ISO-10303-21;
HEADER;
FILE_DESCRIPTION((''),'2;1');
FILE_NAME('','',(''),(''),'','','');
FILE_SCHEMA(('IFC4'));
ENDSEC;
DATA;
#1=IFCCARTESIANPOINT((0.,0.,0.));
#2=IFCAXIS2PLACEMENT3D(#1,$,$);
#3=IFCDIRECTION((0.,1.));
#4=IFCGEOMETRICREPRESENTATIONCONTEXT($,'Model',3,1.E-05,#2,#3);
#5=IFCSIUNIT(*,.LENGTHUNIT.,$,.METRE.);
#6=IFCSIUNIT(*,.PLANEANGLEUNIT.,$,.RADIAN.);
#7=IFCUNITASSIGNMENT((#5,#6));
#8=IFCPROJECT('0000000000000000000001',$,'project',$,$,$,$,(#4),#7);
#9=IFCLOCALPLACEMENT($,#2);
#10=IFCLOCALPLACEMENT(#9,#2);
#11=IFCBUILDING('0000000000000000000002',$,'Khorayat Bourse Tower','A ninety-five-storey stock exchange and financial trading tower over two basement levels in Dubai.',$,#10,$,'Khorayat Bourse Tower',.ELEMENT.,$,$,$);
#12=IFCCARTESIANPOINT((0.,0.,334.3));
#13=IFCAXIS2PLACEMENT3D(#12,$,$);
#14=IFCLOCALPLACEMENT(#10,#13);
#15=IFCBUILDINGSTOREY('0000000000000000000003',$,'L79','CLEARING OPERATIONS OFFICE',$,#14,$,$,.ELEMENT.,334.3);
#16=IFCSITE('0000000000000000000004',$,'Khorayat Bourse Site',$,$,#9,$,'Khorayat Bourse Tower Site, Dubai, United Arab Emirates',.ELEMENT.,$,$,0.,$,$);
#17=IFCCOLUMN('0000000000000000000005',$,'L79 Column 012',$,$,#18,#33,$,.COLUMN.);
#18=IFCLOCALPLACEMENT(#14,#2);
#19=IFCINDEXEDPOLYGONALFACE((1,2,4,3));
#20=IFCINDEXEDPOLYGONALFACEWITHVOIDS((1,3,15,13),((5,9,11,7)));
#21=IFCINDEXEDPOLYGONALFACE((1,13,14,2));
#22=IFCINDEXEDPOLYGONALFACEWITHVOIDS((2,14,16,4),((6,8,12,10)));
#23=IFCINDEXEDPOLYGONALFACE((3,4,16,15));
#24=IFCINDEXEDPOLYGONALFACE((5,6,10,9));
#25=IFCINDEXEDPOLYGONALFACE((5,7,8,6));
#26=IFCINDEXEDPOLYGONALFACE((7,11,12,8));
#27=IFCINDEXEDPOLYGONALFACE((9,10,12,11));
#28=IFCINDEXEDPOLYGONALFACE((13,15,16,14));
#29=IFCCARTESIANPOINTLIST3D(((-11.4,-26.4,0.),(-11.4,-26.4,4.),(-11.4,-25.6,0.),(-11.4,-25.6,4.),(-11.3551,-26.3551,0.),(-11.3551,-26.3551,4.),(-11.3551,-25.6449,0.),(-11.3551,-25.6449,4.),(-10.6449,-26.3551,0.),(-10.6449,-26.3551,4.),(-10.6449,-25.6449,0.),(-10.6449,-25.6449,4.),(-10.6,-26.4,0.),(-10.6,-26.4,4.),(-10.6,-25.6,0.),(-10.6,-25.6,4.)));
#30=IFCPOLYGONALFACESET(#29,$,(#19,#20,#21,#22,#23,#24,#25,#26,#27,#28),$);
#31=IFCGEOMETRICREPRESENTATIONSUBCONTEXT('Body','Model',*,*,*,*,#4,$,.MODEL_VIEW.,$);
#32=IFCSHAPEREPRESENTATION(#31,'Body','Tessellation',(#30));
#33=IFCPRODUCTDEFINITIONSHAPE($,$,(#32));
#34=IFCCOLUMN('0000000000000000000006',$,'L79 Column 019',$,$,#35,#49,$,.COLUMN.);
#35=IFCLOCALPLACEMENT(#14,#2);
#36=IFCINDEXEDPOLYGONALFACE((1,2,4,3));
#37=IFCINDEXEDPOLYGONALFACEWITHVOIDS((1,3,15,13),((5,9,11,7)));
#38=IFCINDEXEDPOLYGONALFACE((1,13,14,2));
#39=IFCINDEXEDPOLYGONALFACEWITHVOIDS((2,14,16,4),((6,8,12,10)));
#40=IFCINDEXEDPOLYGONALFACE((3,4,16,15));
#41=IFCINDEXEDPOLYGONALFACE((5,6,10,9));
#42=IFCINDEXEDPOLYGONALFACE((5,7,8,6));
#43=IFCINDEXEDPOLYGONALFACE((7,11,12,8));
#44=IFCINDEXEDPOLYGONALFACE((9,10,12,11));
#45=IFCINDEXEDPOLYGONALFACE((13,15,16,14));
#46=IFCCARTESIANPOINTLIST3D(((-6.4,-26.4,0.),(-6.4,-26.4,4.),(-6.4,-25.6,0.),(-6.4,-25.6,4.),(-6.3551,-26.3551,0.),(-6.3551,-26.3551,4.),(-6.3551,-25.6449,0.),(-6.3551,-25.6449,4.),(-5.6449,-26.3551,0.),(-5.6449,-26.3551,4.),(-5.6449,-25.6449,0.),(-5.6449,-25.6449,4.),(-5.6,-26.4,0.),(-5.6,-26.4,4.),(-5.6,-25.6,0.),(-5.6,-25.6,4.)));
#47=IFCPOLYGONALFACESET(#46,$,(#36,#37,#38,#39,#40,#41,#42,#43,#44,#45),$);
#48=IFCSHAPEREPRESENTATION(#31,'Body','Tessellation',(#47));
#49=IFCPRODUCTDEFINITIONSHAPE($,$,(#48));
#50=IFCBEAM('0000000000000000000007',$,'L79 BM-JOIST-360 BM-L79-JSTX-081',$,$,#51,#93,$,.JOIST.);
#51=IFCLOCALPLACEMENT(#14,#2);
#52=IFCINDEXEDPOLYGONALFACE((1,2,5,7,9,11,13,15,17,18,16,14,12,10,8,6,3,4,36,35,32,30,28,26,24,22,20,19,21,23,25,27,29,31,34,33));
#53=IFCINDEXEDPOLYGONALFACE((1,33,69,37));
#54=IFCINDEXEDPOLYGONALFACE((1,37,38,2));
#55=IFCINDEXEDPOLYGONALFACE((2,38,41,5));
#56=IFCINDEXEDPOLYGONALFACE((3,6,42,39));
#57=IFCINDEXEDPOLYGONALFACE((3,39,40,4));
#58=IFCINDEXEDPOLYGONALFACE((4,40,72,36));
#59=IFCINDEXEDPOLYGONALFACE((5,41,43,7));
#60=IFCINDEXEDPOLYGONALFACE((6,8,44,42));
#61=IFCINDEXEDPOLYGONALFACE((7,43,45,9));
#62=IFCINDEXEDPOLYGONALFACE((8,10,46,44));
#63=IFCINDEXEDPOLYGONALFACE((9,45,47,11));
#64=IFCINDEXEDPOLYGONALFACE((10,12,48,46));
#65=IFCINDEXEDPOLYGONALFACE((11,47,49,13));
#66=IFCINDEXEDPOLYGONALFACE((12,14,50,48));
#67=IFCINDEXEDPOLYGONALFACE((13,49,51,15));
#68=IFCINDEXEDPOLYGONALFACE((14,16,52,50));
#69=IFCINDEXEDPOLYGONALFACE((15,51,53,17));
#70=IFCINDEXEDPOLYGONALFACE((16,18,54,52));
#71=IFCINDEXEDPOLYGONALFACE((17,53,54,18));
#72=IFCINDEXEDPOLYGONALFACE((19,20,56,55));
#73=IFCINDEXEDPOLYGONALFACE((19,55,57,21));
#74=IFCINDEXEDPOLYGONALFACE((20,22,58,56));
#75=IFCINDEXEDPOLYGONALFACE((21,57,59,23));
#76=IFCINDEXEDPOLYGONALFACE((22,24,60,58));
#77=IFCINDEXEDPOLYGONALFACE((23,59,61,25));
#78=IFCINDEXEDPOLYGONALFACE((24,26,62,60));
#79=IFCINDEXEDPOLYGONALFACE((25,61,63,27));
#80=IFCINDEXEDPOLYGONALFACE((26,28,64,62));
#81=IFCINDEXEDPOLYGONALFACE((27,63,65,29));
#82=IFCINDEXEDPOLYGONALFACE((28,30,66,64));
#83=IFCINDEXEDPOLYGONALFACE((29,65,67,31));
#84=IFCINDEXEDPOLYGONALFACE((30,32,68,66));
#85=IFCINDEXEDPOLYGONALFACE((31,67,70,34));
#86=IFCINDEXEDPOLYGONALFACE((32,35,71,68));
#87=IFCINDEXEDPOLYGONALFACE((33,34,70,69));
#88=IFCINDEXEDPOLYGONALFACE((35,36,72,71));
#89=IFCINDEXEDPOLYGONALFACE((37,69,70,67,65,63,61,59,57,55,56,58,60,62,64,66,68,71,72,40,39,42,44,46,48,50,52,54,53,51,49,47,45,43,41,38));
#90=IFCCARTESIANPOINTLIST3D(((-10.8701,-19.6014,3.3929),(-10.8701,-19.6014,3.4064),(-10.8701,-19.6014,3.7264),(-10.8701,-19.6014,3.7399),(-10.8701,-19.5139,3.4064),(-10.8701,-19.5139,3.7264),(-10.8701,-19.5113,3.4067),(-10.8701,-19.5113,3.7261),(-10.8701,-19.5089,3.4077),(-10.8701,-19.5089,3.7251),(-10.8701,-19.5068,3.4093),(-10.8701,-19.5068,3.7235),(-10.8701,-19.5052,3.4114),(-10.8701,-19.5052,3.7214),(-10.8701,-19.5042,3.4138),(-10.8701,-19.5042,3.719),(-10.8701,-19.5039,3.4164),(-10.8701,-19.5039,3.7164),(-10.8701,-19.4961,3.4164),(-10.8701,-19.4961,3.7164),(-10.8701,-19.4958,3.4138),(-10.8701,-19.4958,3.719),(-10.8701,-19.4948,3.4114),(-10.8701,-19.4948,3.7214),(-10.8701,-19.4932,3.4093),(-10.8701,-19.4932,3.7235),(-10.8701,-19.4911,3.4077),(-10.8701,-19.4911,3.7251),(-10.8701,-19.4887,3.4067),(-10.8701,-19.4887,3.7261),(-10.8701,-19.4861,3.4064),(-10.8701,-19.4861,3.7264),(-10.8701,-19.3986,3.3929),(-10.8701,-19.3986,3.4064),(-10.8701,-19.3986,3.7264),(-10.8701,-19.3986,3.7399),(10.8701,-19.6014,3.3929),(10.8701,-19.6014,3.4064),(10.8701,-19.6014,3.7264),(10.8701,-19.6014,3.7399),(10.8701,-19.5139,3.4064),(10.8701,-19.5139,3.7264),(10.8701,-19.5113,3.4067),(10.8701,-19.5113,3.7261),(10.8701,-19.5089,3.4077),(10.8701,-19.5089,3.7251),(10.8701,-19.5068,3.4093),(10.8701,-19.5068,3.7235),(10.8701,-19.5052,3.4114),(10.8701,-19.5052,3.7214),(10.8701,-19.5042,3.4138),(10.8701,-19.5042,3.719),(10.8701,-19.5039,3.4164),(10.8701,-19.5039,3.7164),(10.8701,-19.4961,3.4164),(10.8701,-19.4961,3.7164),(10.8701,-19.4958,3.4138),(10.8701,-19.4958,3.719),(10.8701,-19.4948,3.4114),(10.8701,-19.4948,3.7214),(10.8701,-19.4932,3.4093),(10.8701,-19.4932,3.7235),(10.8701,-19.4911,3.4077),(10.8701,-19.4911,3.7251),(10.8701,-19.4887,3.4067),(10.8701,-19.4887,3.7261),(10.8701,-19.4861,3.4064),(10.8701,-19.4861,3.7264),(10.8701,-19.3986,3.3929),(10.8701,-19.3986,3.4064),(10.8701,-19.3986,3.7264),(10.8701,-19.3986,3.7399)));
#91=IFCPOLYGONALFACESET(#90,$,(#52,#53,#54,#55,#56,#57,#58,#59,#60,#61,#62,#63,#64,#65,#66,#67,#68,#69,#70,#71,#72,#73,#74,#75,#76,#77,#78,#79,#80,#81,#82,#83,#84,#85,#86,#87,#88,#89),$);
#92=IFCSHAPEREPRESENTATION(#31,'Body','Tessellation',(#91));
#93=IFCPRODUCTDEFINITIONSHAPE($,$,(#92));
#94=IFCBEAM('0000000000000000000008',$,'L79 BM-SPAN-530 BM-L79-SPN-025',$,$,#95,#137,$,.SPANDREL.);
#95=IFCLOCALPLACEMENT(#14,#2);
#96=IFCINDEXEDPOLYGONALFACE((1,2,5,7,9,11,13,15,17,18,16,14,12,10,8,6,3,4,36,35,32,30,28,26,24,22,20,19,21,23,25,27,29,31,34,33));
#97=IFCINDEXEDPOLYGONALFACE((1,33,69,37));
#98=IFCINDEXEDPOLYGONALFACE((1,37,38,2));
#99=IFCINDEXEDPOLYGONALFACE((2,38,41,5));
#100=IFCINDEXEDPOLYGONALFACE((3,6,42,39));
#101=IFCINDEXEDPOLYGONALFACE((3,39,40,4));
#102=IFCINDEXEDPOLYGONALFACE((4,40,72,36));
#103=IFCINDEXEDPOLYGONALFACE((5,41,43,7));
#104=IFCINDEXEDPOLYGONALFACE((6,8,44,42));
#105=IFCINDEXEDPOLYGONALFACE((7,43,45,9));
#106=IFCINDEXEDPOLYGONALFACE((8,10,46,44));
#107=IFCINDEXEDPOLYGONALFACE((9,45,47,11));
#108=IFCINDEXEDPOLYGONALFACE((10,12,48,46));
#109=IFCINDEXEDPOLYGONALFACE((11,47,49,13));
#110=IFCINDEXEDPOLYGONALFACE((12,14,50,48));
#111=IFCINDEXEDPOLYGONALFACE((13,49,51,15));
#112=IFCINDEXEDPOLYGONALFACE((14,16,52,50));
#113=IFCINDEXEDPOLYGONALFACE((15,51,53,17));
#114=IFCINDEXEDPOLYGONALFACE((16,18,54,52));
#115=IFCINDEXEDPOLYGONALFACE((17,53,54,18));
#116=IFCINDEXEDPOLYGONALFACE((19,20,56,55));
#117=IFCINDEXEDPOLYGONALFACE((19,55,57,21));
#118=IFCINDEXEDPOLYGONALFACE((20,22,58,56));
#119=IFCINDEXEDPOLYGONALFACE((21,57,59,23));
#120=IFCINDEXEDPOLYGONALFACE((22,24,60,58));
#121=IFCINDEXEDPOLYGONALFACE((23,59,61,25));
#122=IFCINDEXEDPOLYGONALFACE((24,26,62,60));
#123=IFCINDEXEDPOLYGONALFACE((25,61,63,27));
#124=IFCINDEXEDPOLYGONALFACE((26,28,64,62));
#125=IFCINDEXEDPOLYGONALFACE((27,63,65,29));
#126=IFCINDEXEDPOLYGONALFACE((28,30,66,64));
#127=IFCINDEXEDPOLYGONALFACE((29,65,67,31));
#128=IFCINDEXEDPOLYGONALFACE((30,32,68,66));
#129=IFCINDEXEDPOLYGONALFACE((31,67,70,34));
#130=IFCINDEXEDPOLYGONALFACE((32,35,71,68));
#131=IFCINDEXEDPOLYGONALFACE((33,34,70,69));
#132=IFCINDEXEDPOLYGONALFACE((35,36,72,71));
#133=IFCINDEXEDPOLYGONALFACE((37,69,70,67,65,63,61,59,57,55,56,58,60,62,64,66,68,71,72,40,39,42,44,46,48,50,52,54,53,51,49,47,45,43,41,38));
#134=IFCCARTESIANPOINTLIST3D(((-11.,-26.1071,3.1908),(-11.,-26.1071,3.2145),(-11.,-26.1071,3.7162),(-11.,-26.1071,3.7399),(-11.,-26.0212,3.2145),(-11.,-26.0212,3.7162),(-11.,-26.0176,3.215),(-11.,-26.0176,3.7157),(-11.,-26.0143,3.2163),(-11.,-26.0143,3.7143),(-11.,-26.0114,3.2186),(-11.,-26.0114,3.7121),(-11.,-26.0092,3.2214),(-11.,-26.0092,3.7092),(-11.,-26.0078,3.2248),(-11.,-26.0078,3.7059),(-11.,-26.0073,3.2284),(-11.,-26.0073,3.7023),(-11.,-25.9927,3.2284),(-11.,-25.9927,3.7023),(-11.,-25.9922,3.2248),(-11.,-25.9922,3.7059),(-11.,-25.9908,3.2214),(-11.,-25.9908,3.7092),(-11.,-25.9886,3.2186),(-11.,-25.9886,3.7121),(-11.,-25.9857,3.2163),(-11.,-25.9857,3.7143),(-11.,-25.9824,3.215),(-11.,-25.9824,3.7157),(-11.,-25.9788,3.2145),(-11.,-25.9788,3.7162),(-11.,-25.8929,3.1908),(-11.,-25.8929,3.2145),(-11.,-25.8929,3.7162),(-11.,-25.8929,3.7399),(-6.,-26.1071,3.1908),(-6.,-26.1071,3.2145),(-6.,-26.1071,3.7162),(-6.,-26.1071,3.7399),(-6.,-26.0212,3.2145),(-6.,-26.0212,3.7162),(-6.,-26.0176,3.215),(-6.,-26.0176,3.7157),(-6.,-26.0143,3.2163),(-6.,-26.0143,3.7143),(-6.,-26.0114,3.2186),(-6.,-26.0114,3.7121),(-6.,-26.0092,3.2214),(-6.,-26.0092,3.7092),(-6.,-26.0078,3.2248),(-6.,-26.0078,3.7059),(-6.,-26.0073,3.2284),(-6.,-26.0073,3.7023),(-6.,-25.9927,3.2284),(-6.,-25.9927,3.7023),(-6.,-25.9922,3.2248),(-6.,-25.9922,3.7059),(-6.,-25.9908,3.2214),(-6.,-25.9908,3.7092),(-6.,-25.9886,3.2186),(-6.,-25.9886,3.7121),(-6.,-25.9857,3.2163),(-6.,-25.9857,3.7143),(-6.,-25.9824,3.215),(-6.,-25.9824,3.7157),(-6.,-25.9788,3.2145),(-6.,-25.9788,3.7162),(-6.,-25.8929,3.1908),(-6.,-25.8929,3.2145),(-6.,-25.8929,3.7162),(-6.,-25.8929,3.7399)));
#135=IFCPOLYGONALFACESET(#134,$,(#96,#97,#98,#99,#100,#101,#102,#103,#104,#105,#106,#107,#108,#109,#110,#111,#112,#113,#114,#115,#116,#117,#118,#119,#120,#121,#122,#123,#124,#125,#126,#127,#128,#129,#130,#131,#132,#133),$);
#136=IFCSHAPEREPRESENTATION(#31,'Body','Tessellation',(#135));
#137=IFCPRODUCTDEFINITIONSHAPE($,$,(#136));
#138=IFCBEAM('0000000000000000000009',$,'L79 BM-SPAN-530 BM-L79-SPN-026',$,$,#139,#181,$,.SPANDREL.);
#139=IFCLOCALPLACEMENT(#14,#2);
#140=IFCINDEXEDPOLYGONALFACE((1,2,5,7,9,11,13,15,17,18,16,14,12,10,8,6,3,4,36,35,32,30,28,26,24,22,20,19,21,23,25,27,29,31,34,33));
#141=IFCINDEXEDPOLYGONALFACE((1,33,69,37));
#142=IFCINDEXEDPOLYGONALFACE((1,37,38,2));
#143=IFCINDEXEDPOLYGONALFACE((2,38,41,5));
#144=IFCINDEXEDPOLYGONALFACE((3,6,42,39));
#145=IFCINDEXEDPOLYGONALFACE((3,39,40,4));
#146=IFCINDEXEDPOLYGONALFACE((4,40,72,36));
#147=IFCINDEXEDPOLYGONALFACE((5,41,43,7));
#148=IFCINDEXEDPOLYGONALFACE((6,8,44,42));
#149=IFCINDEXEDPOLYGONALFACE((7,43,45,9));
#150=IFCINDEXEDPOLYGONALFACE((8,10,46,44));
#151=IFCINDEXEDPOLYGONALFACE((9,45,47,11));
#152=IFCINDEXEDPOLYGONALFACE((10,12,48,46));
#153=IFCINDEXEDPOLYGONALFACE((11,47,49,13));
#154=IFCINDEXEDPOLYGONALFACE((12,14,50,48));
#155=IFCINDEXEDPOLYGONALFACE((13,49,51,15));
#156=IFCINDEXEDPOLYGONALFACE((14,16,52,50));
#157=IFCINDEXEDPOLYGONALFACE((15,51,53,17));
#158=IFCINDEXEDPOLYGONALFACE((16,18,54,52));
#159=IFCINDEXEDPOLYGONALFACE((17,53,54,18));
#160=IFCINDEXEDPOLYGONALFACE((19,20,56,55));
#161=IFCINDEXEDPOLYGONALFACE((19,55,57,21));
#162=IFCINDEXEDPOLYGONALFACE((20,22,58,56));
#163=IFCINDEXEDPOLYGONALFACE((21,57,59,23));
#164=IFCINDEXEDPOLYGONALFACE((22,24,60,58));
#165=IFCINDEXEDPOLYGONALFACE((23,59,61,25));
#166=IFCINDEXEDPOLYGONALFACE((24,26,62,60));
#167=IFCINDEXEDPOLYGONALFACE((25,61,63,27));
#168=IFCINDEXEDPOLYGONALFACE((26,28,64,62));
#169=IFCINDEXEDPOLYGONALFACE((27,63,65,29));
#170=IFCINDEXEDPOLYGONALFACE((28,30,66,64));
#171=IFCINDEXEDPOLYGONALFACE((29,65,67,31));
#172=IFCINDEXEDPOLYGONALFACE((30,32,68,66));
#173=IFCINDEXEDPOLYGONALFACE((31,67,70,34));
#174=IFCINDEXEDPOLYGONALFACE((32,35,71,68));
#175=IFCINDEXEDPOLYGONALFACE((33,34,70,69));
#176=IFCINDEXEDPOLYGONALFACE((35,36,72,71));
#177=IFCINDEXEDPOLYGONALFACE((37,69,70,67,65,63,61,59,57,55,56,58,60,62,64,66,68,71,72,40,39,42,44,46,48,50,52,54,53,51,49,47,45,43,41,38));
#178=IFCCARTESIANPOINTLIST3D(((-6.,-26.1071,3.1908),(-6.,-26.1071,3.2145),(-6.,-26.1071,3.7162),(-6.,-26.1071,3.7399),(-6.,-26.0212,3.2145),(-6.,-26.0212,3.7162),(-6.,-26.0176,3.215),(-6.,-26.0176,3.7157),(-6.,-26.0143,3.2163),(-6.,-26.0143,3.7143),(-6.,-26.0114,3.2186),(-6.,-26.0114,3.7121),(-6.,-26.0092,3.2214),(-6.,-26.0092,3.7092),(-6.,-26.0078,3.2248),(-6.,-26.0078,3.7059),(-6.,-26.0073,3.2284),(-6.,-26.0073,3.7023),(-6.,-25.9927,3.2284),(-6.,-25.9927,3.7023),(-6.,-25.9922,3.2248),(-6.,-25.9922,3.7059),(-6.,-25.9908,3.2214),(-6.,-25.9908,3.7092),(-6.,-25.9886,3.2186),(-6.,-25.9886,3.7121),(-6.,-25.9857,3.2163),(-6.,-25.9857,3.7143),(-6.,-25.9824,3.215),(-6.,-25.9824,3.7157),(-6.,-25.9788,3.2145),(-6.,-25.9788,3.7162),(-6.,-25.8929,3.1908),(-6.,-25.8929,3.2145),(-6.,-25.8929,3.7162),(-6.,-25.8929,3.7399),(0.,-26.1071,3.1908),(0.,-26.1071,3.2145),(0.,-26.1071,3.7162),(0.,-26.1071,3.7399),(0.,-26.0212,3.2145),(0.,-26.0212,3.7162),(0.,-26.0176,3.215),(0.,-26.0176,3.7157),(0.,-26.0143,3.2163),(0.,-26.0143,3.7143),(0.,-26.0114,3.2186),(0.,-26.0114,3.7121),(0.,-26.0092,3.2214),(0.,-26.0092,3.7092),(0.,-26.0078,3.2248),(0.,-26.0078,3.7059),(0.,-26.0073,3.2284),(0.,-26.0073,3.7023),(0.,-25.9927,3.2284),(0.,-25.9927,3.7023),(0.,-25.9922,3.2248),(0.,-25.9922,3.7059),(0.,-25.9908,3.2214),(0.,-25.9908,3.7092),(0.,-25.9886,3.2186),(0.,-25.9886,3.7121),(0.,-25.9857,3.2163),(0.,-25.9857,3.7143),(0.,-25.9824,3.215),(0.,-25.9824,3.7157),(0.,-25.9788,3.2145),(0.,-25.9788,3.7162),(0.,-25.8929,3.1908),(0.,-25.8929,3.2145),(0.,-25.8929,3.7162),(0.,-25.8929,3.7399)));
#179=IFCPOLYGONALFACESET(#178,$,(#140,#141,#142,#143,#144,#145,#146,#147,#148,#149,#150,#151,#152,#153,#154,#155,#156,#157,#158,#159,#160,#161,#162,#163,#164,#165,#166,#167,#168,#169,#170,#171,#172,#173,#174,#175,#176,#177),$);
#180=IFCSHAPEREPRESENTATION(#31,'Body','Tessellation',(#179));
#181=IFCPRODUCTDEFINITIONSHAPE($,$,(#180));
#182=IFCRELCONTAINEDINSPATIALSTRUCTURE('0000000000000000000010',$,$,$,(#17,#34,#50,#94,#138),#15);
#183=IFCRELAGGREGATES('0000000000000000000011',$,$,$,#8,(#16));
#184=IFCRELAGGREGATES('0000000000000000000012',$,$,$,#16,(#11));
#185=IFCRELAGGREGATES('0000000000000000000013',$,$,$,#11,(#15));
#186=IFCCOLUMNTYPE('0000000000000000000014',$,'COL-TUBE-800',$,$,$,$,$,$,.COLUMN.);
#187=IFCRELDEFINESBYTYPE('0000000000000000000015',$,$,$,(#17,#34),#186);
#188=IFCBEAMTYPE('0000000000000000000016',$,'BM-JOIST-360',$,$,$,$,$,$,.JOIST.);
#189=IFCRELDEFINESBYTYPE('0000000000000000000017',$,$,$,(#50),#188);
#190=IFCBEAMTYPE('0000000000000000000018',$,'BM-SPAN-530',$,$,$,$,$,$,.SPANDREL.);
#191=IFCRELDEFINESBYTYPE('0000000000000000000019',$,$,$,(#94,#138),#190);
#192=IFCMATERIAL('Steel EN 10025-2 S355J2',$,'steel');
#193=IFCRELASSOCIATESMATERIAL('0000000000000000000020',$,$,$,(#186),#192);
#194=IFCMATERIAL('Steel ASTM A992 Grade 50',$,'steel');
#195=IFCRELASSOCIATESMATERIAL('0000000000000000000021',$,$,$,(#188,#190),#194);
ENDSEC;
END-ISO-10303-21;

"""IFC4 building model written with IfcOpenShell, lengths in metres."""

from ifc_helpers import new_model, si_unit, direction, frame, origin, origin_2d, place, context, subcontext, project, spatial, hollow_rectangle, i_section, extrude, source, transform, mapped, material, material_profile, profile_set, type_object, element, save


model = new_model("IFC4")

# Units and contexts
model_context = context("Model", 3, precision=1e-05, world=origin(), true_north=direction((0.0, 1.0)))
body_context = subcontext(model_context, "Body", "Model", "MODEL_VIEW")
ifc_project = project(units=[si_unit("LENGTHUNIT", "METRE"), si_unit("PLANEANGLEUNIT", "RADIAN")], contexts=[model_context])

# Site, building, storey
site_placement = place(None, origin())
site = spatial("IfcSite", under=ifc_project, at=site_placement, Name="Khorayat Bourse Site", LongName="Khorayat Bourse Tower Site, Dubai, United Arab Emirates", CompositionType="ELEMENT", RefElevation=0.0)
building_placement = place(site_placement, origin())
building = spatial("IfcBuilding", under=site, at=building_placement, Name="Khorayat Bourse Tower", Description="A ninety-five-storey stock exchange and financial trading tower over two basement levels in Dubai.", LongName="Khorayat Bourse Tower", CompositionType="ELEMENT")
storey_placement = place(building_placement, frame((0.0, 0.0, 334.3)))
storey = spatial("IfcBuildingStorey", under=building, at=storey_placement, Name="L79", Description="CLEARING OPERATIONS OFFICE", CompositionType="ELEMENT", Elevation=334.3)

# Columns
ifc_material_1 = material(Name="Steel EN 10025-2 S355J2", Category="steel")
ifc_material_profile_1 = material_profile(ifc_material_1, hollow_rectangle(XDim=0.8, YDim=0.8, WallThickness=0.0449, at=origin_2d()), Name="BOX 800x800x45")
ifc_profile_set_1 = profile_set([ifc_material_profile_1], Name="Steel EN 10025-2 S355J2")
column_type = type_object("IfcColumnType", Name="COL-TUBE-800", PredefinedType="COLUMN", material=ifc_profile_set_1)
shared_shape_1 = source(origin(), body_context, "Body", "SweptSolid", [
    extrude(hollow_rectangle(XDim=0.8, YDim=0.8, WallThickness=0.0449, at=origin_2d()), origin(), (0.0, 0.0, 1.0), 4.0),
])
for number, where, z_axis, x_axis, name in (
    (1, (-11.0, -26.0, 0.0), (0.0, 0.0, 1.0), (1.0, 0.0, 0.0), "L79 Column 012"),
    (2, (-6.0, -26.0, 0.0), (0.0, 0.0, 1.0), (1.0, 0.0, 0.0), "L79 Column 019"),
):
    element("IfcColumn", number, at=place(storey_placement, frame(where, z_axis=z_axis, x_axis=x_axis)), inside=storey, type_object=column_type, Name=name, PredefinedType="COLUMN", context=body_context, shape_type="MappedRepresentation", body=[
        mapped(shared_shape_1, transform((0.0, 0.0, 0.0), scale=1.0)),
    ])

# Beams
ifc_material_2 = material(Name="Steel ASTM A992 Grade 50", Category="steel")
ifc_material_profile_2 = material_profile(ifc_material_2, i_section(OverallWidth=0.2029, OverallDepth=0.3469, WebThickness=0.0078, FlangeThickness=0.0134, FilletRadius=0.01, at=origin_2d()), Name="W360X64")
ifc_profile_set_2 = profile_set([ifc_material_profile_2], Name="Steel ASTM A992 Grade 50")
beam_type_1 = type_object("IfcBeamType", Name="BM-JOIST-360", PredefinedType="JOIST", material=ifc_profile_set_2)
shared_shape_2 = source(origin(), body_context, "Body", "SweptSolid", [
    extrude(i_section(OverallWidth=0.2029, OverallDepth=0.3469, WebThickness=0.0078, FlangeThickness=0.0134, FilletRadius=0.01, at=origin_2d()), origin(), (0.0, 0.0, 1.0), 21.7402),
])
beam_1_placement = place(storey_placement, frame((-10.8701, -19.5, 3.5664), z_axis=(1.0, 0.0, 0.0), x_axis=(0.0, 1.0, 0.0)))
element("IfcBeam", 3, at=beam_1_placement, inside=storey, type_object=beam_type_1, Name="L79 BM-JOIST-360 BM-L79-JSTX-081", PredefinedType="JOIST", context=body_context, shape_type="MappedRepresentation", body=[
    mapped(shared_shape_2, transform((0.0, 0.0, 0.0), scale=1.0)),
])
ifc_material_profile_3 = material_profile(ifc_material_2, i_section(OverallWidth=0.2141, OverallDepth=0.5491, WebThickness=0.0146, FlangeThickness=0.0237, FilletRadius=0.0139, at=origin_2d()), Name="W530X138")
ifc_profile_set_3 = profile_set([ifc_material_profile_3], Name="Steel ASTM A992 Grade 50")
beam_type_2 = type_object("IfcBeamType", Name="BM-SPAN-530", PredefinedType="SPANDREL", material=ifc_profile_set_3)
shared_shape_3 = source(origin(), body_context, "Body", "SweptSolid", [
    extrude(i_section(OverallWidth=0.2141, OverallDepth=0.5491, WebThickness=0.0146, FlangeThickness=0.0237, FilletRadius=0.0139, at=origin_2d()), origin(), (0.0, 0.0, 1.0), 5.0),
])
beam_2_placement = place(storey_placement, frame((-11.0, -26.0, 3.4653), z_axis=(1.0, 0.0, 0.0), x_axis=(0.0, 1.0, 0.0)))
element("IfcBeam", 4, at=beam_2_placement, inside=storey, type_object=beam_type_2, Name="L79 BM-SPAN-530 BM-L79-SPN-025", PredefinedType="SPANDREL", context=body_context, shape_type="MappedRepresentation", body=[
    mapped(shared_shape_3, transform((0.0, 0.0, 0.0), scale=1.0)),
])
shared_shape_4 = source(origin(), body_context, "Body", "SweptSolid", [
    extrude(i_section(OverallWidth=0.2141, OverallDepth=0.5491, WebThickness=0.0146, FlangeThickness=0.0237, FilletRadius=0.0139, at=origin_2d()), origin(), (0.0, 0.0, 1.0), 6.0),
])
beam_3_placement = place(storey_placement, frame((-6.0, -26.0, 3.4653), z_axis=(1.0, 0.0, 0.0), x_axis=(0.0, 1.0, 0.0)))
element("IfcBeam", 5, at=beam_3_placement, inside=storey, type_object=beam_type_2, Name="L79 BM-SPAN-530 BM-L79-SPN-026", PredefinedType="SPANDREL", context=body_context, shape_type="MappedRepresentation", body=[
    mapped(shared_shape_4, transform((0.0, 0.0, 0.0), scale=1.0)),
])

save(model, "model.ifc")
